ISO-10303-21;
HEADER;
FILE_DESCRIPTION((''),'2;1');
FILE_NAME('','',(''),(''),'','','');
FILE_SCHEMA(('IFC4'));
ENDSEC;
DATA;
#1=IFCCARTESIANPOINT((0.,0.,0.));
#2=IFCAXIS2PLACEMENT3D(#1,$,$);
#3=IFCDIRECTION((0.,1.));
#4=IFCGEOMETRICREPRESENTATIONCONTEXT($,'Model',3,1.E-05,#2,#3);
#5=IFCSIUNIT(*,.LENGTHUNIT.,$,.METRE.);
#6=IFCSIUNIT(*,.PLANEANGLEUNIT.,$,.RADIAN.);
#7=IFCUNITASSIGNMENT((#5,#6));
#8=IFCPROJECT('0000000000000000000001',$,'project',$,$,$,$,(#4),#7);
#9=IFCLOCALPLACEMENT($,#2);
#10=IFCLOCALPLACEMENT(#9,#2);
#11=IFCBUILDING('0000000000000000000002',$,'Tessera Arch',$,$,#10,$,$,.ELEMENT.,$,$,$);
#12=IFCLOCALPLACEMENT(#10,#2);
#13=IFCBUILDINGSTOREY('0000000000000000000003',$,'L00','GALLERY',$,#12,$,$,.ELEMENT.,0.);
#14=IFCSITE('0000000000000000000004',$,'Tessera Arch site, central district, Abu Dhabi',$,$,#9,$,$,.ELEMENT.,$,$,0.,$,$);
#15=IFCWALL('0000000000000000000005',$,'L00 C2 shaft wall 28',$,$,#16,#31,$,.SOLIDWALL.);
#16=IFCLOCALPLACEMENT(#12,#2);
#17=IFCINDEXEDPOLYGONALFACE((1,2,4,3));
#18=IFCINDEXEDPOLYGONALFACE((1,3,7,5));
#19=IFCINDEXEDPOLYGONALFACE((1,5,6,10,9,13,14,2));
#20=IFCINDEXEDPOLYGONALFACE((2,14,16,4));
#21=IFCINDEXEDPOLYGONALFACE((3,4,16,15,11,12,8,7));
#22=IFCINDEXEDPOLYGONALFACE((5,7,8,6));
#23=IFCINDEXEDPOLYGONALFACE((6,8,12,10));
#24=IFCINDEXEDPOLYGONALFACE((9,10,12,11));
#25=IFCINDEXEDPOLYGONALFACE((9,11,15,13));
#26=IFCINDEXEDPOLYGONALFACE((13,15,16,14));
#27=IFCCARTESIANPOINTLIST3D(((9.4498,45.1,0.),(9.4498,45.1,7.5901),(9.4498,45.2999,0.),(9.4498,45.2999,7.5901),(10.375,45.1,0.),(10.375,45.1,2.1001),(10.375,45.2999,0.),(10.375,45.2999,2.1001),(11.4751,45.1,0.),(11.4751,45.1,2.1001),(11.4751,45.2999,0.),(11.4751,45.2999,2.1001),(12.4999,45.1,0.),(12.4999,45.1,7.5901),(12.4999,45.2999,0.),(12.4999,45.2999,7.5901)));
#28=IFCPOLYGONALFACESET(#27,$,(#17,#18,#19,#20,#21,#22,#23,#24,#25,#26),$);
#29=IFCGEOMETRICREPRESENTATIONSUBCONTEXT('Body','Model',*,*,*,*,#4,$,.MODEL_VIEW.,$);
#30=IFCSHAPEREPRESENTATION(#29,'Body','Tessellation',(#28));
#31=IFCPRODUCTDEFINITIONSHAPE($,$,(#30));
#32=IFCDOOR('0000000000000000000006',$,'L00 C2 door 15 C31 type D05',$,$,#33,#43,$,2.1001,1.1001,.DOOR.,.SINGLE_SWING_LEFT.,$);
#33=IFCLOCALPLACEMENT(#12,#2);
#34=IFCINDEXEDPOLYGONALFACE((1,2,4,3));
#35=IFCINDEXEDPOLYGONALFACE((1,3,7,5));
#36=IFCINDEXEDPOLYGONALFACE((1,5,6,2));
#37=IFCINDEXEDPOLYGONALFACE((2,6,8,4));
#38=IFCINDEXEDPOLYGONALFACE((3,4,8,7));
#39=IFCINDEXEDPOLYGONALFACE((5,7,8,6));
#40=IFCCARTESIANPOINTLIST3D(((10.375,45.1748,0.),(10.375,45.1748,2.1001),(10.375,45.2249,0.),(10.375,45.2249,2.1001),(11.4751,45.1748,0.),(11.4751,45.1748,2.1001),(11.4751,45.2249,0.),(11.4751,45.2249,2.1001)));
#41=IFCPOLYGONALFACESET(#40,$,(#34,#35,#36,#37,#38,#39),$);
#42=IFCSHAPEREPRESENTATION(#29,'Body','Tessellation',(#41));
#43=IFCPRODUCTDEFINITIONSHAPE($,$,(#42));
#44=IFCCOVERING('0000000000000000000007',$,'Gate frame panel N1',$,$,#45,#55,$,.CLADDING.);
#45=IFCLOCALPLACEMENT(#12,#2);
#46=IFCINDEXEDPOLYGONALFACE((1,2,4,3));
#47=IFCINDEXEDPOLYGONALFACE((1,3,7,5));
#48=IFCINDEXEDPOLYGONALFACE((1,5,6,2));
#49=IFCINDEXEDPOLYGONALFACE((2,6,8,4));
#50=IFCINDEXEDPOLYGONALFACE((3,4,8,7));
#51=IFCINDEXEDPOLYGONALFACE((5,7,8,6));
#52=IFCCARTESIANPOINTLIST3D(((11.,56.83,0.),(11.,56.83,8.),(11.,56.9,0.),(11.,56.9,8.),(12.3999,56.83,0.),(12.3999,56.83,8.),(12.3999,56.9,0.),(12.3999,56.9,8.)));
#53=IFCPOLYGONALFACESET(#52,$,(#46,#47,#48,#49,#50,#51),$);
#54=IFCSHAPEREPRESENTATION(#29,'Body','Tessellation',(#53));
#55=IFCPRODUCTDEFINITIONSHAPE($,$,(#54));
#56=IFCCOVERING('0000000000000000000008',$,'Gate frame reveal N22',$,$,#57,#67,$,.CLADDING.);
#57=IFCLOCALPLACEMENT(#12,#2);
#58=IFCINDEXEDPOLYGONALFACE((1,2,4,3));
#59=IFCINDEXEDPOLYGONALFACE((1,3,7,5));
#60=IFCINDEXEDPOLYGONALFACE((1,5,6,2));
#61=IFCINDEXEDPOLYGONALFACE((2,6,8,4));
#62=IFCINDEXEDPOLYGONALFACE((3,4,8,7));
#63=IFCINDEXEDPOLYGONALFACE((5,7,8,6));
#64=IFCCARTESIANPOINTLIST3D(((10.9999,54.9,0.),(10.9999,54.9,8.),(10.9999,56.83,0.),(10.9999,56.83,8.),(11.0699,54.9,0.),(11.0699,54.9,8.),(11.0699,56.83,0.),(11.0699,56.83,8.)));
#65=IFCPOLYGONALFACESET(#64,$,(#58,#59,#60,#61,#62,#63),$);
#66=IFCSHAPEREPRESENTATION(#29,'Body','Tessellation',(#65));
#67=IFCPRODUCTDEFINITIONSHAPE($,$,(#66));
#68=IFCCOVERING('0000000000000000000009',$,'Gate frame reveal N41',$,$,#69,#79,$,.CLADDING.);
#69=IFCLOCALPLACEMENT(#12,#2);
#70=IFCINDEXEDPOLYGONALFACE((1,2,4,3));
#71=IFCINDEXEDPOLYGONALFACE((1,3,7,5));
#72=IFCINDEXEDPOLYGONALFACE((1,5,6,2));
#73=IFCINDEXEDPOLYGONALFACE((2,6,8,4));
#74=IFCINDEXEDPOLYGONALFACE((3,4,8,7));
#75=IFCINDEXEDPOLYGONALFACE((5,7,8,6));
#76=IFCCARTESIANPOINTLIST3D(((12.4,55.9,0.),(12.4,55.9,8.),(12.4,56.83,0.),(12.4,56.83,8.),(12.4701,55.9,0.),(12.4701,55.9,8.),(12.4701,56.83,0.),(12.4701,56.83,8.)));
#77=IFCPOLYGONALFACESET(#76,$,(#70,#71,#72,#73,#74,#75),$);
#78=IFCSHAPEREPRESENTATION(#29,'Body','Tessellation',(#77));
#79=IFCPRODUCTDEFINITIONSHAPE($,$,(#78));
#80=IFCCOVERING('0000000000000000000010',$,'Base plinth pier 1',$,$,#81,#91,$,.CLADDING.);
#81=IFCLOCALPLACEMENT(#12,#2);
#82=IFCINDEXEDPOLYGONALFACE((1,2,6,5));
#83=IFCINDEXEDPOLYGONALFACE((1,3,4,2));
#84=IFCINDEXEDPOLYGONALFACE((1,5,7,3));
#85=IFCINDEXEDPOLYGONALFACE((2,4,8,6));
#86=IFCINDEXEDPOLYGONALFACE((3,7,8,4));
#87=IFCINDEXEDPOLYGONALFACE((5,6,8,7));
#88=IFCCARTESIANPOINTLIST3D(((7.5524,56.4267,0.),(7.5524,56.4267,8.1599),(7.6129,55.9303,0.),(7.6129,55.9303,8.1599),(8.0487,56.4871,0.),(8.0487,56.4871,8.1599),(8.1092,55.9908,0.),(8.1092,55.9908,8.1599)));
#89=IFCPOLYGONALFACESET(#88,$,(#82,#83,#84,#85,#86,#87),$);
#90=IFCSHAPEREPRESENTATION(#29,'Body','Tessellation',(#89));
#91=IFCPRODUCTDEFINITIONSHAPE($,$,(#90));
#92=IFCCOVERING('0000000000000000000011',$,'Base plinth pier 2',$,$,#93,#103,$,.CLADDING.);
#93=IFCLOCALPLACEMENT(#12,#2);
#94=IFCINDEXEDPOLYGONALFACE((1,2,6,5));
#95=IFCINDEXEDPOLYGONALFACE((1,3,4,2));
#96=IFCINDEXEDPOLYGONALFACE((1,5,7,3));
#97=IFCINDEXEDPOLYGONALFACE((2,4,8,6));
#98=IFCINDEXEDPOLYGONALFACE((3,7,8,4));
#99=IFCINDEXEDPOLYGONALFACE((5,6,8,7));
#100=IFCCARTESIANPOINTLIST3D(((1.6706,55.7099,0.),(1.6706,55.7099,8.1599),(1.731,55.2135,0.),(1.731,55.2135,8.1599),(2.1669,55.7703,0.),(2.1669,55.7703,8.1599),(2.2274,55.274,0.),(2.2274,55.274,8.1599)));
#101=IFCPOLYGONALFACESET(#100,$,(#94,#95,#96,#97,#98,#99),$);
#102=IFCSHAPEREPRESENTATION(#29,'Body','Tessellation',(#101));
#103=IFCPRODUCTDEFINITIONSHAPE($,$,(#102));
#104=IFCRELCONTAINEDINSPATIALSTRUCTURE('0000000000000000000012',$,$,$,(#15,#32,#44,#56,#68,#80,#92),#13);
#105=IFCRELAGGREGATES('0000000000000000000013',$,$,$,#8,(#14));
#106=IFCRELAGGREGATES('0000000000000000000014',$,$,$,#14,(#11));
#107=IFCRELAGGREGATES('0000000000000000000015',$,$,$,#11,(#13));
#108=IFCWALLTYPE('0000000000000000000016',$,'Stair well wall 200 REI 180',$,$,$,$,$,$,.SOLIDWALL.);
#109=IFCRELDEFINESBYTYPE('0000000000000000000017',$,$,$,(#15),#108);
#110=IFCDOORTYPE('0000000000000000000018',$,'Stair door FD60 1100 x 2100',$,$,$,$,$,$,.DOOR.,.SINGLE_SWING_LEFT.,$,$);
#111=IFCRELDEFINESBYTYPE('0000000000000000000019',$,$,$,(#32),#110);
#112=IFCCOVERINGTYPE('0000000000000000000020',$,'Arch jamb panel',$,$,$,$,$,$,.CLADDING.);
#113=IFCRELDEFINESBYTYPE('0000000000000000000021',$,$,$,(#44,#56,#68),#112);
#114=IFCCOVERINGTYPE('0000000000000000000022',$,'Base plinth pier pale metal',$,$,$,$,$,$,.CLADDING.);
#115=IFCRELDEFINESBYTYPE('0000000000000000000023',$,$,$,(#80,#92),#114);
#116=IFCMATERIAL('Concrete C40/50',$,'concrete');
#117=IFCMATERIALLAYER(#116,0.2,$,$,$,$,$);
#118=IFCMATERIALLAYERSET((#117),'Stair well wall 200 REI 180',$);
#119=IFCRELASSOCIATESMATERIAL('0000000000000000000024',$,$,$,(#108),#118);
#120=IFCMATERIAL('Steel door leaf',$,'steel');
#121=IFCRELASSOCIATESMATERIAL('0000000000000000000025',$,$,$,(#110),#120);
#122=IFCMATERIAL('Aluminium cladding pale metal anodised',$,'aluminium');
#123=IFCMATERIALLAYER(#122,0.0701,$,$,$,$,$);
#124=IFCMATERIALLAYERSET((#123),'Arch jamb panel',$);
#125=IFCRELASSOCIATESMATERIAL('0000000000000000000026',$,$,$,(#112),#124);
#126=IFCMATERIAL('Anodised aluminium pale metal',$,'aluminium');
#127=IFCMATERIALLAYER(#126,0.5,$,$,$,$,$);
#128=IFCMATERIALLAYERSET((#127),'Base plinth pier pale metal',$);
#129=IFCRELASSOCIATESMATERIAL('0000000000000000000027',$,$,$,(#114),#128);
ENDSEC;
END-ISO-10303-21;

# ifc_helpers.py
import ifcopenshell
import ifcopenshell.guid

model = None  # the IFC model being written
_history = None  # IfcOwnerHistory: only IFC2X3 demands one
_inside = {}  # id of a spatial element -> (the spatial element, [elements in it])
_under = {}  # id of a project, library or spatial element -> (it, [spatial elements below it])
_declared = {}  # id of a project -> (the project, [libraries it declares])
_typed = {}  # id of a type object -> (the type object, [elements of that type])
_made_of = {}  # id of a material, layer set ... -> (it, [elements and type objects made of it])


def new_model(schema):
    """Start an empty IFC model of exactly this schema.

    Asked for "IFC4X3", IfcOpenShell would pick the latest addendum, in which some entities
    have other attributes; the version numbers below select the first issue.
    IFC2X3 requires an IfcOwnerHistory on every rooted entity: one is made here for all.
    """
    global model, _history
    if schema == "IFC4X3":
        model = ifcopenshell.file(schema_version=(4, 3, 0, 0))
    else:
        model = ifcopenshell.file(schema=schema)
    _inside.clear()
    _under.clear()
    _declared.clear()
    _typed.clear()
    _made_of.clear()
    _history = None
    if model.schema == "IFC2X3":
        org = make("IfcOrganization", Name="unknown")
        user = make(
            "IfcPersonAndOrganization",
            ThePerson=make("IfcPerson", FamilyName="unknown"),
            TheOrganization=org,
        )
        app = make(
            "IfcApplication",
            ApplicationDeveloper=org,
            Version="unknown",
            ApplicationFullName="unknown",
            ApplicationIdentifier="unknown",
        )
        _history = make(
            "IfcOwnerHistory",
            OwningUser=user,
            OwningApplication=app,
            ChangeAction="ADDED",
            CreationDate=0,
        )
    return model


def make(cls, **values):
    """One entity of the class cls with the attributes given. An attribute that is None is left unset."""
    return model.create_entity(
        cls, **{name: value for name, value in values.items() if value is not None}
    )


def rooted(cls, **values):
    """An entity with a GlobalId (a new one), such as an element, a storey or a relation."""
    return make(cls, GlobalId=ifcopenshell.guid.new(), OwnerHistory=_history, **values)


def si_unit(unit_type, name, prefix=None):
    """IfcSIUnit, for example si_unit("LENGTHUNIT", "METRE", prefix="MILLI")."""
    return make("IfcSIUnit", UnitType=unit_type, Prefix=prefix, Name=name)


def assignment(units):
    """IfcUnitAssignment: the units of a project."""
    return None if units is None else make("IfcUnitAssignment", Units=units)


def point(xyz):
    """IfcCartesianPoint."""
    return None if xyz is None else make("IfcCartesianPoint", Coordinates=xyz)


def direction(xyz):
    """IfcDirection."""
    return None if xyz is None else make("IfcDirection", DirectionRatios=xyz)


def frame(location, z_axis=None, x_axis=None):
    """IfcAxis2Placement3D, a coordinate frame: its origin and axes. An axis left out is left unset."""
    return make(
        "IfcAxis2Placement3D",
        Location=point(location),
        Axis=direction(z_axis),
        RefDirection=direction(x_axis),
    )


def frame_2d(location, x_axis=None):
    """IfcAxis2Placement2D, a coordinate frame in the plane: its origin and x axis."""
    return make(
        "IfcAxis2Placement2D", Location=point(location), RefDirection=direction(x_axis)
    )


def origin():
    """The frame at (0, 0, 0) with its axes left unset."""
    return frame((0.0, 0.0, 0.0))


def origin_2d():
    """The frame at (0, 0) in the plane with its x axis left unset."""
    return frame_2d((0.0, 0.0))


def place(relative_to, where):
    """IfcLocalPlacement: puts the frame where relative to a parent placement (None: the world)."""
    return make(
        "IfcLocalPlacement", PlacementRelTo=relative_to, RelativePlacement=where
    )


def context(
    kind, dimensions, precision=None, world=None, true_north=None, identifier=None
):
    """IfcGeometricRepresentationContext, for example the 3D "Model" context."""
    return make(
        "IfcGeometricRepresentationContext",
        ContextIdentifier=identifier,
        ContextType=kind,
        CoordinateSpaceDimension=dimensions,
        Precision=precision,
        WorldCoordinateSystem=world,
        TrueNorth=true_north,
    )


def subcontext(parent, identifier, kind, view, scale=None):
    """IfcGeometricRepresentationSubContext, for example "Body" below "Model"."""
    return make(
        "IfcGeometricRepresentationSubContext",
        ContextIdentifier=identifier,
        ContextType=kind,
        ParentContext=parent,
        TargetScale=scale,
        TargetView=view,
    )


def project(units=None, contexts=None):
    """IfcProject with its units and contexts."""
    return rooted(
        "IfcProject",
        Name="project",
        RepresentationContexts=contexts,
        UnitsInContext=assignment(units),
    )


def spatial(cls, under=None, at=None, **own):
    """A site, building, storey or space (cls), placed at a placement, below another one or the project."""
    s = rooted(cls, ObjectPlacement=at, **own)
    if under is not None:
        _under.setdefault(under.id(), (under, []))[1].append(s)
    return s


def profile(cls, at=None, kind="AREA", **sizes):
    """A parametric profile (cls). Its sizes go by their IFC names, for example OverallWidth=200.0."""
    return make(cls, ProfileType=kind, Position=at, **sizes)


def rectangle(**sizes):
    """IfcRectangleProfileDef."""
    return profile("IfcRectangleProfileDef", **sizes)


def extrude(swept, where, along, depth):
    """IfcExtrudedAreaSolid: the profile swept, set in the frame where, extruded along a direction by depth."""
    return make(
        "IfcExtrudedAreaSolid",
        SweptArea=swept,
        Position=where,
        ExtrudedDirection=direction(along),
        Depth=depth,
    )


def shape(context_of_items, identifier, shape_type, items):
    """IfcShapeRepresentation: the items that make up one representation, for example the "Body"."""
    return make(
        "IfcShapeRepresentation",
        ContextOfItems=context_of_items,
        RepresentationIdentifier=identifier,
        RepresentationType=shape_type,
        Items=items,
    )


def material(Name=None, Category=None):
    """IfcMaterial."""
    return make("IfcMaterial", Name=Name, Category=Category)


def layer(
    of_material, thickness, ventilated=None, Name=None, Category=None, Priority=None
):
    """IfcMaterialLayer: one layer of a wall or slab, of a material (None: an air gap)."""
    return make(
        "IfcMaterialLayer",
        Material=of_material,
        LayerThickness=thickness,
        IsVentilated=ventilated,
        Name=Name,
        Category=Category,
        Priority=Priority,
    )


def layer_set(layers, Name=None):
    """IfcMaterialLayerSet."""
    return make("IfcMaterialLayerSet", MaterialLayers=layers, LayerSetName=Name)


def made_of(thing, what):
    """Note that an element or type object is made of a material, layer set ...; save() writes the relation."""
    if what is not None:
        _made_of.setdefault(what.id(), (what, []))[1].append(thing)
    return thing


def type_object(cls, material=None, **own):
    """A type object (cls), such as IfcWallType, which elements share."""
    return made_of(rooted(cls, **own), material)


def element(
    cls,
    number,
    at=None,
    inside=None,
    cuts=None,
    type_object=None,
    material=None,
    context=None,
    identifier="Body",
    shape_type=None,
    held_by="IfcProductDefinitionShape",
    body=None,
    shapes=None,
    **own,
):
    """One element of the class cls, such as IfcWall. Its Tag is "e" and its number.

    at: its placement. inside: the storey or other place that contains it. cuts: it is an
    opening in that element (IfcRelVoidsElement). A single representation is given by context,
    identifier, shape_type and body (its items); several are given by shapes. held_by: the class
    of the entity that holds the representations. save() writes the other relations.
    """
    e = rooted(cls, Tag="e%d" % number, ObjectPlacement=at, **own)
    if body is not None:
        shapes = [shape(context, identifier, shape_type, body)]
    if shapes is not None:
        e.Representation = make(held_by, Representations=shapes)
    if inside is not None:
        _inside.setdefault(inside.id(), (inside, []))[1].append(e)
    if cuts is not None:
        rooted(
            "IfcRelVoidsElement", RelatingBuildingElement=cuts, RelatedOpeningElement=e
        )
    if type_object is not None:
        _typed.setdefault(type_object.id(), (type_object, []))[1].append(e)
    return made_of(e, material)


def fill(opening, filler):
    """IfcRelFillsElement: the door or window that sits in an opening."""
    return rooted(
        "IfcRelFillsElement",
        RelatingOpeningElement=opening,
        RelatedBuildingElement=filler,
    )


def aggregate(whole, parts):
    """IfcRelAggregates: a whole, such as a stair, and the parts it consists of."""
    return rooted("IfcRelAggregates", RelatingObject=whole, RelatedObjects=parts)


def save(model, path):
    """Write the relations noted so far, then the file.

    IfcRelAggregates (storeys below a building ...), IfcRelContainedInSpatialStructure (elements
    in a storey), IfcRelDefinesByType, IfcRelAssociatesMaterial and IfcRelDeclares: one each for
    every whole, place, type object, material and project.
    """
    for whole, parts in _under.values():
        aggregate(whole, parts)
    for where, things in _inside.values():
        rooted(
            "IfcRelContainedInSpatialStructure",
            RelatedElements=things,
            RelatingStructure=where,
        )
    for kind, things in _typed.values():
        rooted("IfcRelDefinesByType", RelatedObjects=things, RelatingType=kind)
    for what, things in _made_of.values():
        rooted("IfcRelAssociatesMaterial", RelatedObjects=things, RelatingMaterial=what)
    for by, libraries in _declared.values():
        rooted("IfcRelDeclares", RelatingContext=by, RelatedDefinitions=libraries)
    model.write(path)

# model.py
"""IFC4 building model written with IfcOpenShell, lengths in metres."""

from ifc_helpers import new_model, si_unit, direction, frame, frame_2d, origin, origin_2d, place, context, subcontext, project, spatial, rectangle, extrude, material, layer, layer_set, type_object, element, fill, save


model = new_model("IFC4")

# Units and contexts
model_context = context("Model", 3, precision=1e-05, world=origin(), true_north=direction((0.0, 1.0)))
body_context = subcontext(model_context, "Body", "Model", "MODEL_VIEW")
ifc_project = project(units=[si_unit("LENGTHUNIT", "METRE"), si_unit("PLANEANGLEUNIT", "RADIAN")], contexts=[model_context])

# Site, building, storey
site_placement = place(None, origin())
site = spatial("IfcSite", under=ifc_project, at=site_placement, Name="Tessera Arch site, central district, Abu Dhabi", CompositionType="ELEMENT", RefElevation=0.0)
building_placement = place(site_placement, origin())
building = spatial("IfcBuilding", under=site, at=building_placement, Name="Tessera Arch", CompositionType="ELEMENT")
storey_placement = place(building_placement, origin())
storey = spatial("IfcBuildingStorey", under=building, at=storey_placement, Name="L00", Description="GALLERY", CompositionType="ELEMENT", Elevation=0.0)

# Shared definitions
ifc_material_1 = material(Name="Concrete C40/50", Category="concrete")
ifc_layer_1 = layer(ifc_material_1, 0.2)
ifc_layer_set_1 = layer_set([ifc_layer_1], Name="Stair well wall 200 REI 180")
wall_type_1 = type_object("IfcWallType", Name="Stair well wall 200 REI 180", PredefinedType="SOLIDWALL", material=ifc_layer_set_1)
ifc_material_2 = material(Name="Steel door leaf", Category="steel")
door_type_1 = type_object("IfcDoorType", Name="Stair door FD60 1100 x 2100", OperationType="SINGLE_SWING_LEFT", PredefinedType="DOOR", material=ifc_material_2)

# Wall, opening, door
wall_1_placement = place(storey_placement, frame((9.45, 45.2, 0.0), z_axis=(0.0, 0.0, 1.0), x_axis=(1.0, 0.0, 0.0)))
wall_1 = element("IfcWall", 1, at=wall_1_placement, inside=storey, type_object=wall_type_1, Name="L00 C2 shaft wall 28", PredefinedType="SOLIDWALL", context=body_context, shape_type="SweptSolid", body=[
    extrude(rectangle(XDim=3.05, YDim=0.2, at=frame_2d((1.5249, 0.0))), origin(), (0.0, 0.0, 1.0), 7.5901),
])
opening_1_placement = place(wall_1_placement, frame((0.925, 0.0, 0.0)))
opening_1 = element("IfcOpeningElement", 2, at=opening_1_placement, cuts=wall_1, PredefinedType="OPENING", context=body_context, shape_type="SweptSolid", body=[
    extrude(rectangle(XDim=1.1001, YDim=2.1001, at=frame_2d((0.55, 1.05))), frame((0.0, 0.1099, 0.0), z_axis=(0.0, -1.0, 0.0), x_axis=(1.0, 0.0, 0.0)), (0.0, 0.0, 1.0), 0.22),
])
door_1_placement = place(opening_1_placement, origin())
door_1 = element("IfcDoor", 3, at=door_1_placement, inside=storey, type_object=door_type_1, Name="L00 C2 door 15 C31 type D05", OperationType="SINGLE_SWING_LEFT", OverallHeight=2.1001, OverallWidth=1.1001, PredefinedType="DOOR", context=body_context, shape_type="SweptSolid", body=[
    extrude(rectangle(XDim=1.1001, YDim=2.1001, at=frame_2d((0.55, 1.05))), frame((0.0, 0.0249, 0.0), z_axis=(0.0, -1.0, 0.0), x_axis=(1.0, 0.0, 0.0)), (0.0, 0.0, 1.0), 0.05),
])
fill(opening_1, door_1)

# Coverings
ifc_material_3 = material(Name="Aluminium cladding pale metal anodised", Category="aluminium")
ifc_layer_2 = layer(ifc_material_3, 0.0701)
ifc_layer_set_2 = layer_set([ifc_layer_2], Name="Arch jamb panel")
covering_type_1 = type_object("IfcCoveringType", Name="Arch jamb panel", PredefinedType="CLADDING", material=ifc_layer_set_2)
covering_1_placement = place(storey_placement, frame((11.7, 56.865, 0.0), z_axis=(0.0, 0.0, 1.0), x_axis=(1.0, 0.0, 0.0)))
element("IfcCovering", 4, at=covering_1_placement, inside=storey, type_object=covering_type_1, Name="Gate frame panel N1", PredefinedType="CLADDING", context=body_context, shape_type="SweptSolid", body=[
    extrude(rectangle(XDim=1.3999, YDim=0.0701, at=origin_2d()), origin(), (0.0, 0.0, 1.0), 8.0),
])
covering_2_placement = place(storey_placement, frame((11.0349, 55.865, 0.0), z_axis=(0.0, 0.0, 1.0), x_axis=(1.0, 0.0, 0.0)))
element("IfcCovering", 5, at=covering_2_placement, inside=storey, type_object=covering_type_1, Name="Gate frame reveal N22", PredefinedType="CLADDING", context=body_context, shape_type="SweptSolid", body=[
    extrude(rectangle(XDim=0.0701, YDim=1.9299, at=origin_2d()), origin(), (0.0, 0.0, 1.0), 8.0),
])
covering_3_placement = place(storey_placement, frame((12.4351, 56.365, 0.0), z_axis=(0.0, 0.0, 1.0), x_axis=(1.0, 0.0, 0.0)))
element("IfcCovering", 6, at=covering_3_placement, inside=storey, type_object=covering_type_1, Name="Gate frame reveal N41", PredefinedType="CLADDING", context=body_context, shape_type="SweptSolid", body=[
    extrude(rectangle(XDim=0.0701, YDim=0.9299, at=origin_2d()), origin(), (0.0, 0.0, 1.0), 8.0),
])
ifc_material_4 = material(Name="Anodised aluminium pale metal", Category="aluminium")
ifc_layer_3 = layer(ifc_material_4, 0.5)
ifc_layer_set_3 = layer_set([ifc_layer_3], Name="Base plinth pier pale metal")
covering_type_2 = type_object("IfcCoveringType", Name="Base plinth pier pale metal", PredefinedType="CLADDING", material=ifc_layer_set_3)
for number, where, z_axis, x_axis, name in (
    (7, (7.8308, 56.2087, 0.0), (0.0, 0.0, 1.0), (-0.992658, -0.120951, 0.0), "Base plinth pier 1"),
    (8, (1.949, 55.4919, 0.0), (0.0, 0.0, 1.0), (-0.992658, -0.120951, 0.0), "Base plinth pier 2"),
):
    element("IfcCovering", number, at=place(storey_placement, frame(where, z_axis=z_axis, x_axis=x_axis)), inside=storey, type_object=covering_type_2, Name=name, PredefinedType="CLADDING", context=body_context, shape_type="SweptSolid", body=[
        extrude(rectangle(XDim=0.5, YDim=0.5, at=origin_2d()), origin(), (0.0, 0.0, 1.0), 8.1599),
    ])

save(model, "model.ifc")
